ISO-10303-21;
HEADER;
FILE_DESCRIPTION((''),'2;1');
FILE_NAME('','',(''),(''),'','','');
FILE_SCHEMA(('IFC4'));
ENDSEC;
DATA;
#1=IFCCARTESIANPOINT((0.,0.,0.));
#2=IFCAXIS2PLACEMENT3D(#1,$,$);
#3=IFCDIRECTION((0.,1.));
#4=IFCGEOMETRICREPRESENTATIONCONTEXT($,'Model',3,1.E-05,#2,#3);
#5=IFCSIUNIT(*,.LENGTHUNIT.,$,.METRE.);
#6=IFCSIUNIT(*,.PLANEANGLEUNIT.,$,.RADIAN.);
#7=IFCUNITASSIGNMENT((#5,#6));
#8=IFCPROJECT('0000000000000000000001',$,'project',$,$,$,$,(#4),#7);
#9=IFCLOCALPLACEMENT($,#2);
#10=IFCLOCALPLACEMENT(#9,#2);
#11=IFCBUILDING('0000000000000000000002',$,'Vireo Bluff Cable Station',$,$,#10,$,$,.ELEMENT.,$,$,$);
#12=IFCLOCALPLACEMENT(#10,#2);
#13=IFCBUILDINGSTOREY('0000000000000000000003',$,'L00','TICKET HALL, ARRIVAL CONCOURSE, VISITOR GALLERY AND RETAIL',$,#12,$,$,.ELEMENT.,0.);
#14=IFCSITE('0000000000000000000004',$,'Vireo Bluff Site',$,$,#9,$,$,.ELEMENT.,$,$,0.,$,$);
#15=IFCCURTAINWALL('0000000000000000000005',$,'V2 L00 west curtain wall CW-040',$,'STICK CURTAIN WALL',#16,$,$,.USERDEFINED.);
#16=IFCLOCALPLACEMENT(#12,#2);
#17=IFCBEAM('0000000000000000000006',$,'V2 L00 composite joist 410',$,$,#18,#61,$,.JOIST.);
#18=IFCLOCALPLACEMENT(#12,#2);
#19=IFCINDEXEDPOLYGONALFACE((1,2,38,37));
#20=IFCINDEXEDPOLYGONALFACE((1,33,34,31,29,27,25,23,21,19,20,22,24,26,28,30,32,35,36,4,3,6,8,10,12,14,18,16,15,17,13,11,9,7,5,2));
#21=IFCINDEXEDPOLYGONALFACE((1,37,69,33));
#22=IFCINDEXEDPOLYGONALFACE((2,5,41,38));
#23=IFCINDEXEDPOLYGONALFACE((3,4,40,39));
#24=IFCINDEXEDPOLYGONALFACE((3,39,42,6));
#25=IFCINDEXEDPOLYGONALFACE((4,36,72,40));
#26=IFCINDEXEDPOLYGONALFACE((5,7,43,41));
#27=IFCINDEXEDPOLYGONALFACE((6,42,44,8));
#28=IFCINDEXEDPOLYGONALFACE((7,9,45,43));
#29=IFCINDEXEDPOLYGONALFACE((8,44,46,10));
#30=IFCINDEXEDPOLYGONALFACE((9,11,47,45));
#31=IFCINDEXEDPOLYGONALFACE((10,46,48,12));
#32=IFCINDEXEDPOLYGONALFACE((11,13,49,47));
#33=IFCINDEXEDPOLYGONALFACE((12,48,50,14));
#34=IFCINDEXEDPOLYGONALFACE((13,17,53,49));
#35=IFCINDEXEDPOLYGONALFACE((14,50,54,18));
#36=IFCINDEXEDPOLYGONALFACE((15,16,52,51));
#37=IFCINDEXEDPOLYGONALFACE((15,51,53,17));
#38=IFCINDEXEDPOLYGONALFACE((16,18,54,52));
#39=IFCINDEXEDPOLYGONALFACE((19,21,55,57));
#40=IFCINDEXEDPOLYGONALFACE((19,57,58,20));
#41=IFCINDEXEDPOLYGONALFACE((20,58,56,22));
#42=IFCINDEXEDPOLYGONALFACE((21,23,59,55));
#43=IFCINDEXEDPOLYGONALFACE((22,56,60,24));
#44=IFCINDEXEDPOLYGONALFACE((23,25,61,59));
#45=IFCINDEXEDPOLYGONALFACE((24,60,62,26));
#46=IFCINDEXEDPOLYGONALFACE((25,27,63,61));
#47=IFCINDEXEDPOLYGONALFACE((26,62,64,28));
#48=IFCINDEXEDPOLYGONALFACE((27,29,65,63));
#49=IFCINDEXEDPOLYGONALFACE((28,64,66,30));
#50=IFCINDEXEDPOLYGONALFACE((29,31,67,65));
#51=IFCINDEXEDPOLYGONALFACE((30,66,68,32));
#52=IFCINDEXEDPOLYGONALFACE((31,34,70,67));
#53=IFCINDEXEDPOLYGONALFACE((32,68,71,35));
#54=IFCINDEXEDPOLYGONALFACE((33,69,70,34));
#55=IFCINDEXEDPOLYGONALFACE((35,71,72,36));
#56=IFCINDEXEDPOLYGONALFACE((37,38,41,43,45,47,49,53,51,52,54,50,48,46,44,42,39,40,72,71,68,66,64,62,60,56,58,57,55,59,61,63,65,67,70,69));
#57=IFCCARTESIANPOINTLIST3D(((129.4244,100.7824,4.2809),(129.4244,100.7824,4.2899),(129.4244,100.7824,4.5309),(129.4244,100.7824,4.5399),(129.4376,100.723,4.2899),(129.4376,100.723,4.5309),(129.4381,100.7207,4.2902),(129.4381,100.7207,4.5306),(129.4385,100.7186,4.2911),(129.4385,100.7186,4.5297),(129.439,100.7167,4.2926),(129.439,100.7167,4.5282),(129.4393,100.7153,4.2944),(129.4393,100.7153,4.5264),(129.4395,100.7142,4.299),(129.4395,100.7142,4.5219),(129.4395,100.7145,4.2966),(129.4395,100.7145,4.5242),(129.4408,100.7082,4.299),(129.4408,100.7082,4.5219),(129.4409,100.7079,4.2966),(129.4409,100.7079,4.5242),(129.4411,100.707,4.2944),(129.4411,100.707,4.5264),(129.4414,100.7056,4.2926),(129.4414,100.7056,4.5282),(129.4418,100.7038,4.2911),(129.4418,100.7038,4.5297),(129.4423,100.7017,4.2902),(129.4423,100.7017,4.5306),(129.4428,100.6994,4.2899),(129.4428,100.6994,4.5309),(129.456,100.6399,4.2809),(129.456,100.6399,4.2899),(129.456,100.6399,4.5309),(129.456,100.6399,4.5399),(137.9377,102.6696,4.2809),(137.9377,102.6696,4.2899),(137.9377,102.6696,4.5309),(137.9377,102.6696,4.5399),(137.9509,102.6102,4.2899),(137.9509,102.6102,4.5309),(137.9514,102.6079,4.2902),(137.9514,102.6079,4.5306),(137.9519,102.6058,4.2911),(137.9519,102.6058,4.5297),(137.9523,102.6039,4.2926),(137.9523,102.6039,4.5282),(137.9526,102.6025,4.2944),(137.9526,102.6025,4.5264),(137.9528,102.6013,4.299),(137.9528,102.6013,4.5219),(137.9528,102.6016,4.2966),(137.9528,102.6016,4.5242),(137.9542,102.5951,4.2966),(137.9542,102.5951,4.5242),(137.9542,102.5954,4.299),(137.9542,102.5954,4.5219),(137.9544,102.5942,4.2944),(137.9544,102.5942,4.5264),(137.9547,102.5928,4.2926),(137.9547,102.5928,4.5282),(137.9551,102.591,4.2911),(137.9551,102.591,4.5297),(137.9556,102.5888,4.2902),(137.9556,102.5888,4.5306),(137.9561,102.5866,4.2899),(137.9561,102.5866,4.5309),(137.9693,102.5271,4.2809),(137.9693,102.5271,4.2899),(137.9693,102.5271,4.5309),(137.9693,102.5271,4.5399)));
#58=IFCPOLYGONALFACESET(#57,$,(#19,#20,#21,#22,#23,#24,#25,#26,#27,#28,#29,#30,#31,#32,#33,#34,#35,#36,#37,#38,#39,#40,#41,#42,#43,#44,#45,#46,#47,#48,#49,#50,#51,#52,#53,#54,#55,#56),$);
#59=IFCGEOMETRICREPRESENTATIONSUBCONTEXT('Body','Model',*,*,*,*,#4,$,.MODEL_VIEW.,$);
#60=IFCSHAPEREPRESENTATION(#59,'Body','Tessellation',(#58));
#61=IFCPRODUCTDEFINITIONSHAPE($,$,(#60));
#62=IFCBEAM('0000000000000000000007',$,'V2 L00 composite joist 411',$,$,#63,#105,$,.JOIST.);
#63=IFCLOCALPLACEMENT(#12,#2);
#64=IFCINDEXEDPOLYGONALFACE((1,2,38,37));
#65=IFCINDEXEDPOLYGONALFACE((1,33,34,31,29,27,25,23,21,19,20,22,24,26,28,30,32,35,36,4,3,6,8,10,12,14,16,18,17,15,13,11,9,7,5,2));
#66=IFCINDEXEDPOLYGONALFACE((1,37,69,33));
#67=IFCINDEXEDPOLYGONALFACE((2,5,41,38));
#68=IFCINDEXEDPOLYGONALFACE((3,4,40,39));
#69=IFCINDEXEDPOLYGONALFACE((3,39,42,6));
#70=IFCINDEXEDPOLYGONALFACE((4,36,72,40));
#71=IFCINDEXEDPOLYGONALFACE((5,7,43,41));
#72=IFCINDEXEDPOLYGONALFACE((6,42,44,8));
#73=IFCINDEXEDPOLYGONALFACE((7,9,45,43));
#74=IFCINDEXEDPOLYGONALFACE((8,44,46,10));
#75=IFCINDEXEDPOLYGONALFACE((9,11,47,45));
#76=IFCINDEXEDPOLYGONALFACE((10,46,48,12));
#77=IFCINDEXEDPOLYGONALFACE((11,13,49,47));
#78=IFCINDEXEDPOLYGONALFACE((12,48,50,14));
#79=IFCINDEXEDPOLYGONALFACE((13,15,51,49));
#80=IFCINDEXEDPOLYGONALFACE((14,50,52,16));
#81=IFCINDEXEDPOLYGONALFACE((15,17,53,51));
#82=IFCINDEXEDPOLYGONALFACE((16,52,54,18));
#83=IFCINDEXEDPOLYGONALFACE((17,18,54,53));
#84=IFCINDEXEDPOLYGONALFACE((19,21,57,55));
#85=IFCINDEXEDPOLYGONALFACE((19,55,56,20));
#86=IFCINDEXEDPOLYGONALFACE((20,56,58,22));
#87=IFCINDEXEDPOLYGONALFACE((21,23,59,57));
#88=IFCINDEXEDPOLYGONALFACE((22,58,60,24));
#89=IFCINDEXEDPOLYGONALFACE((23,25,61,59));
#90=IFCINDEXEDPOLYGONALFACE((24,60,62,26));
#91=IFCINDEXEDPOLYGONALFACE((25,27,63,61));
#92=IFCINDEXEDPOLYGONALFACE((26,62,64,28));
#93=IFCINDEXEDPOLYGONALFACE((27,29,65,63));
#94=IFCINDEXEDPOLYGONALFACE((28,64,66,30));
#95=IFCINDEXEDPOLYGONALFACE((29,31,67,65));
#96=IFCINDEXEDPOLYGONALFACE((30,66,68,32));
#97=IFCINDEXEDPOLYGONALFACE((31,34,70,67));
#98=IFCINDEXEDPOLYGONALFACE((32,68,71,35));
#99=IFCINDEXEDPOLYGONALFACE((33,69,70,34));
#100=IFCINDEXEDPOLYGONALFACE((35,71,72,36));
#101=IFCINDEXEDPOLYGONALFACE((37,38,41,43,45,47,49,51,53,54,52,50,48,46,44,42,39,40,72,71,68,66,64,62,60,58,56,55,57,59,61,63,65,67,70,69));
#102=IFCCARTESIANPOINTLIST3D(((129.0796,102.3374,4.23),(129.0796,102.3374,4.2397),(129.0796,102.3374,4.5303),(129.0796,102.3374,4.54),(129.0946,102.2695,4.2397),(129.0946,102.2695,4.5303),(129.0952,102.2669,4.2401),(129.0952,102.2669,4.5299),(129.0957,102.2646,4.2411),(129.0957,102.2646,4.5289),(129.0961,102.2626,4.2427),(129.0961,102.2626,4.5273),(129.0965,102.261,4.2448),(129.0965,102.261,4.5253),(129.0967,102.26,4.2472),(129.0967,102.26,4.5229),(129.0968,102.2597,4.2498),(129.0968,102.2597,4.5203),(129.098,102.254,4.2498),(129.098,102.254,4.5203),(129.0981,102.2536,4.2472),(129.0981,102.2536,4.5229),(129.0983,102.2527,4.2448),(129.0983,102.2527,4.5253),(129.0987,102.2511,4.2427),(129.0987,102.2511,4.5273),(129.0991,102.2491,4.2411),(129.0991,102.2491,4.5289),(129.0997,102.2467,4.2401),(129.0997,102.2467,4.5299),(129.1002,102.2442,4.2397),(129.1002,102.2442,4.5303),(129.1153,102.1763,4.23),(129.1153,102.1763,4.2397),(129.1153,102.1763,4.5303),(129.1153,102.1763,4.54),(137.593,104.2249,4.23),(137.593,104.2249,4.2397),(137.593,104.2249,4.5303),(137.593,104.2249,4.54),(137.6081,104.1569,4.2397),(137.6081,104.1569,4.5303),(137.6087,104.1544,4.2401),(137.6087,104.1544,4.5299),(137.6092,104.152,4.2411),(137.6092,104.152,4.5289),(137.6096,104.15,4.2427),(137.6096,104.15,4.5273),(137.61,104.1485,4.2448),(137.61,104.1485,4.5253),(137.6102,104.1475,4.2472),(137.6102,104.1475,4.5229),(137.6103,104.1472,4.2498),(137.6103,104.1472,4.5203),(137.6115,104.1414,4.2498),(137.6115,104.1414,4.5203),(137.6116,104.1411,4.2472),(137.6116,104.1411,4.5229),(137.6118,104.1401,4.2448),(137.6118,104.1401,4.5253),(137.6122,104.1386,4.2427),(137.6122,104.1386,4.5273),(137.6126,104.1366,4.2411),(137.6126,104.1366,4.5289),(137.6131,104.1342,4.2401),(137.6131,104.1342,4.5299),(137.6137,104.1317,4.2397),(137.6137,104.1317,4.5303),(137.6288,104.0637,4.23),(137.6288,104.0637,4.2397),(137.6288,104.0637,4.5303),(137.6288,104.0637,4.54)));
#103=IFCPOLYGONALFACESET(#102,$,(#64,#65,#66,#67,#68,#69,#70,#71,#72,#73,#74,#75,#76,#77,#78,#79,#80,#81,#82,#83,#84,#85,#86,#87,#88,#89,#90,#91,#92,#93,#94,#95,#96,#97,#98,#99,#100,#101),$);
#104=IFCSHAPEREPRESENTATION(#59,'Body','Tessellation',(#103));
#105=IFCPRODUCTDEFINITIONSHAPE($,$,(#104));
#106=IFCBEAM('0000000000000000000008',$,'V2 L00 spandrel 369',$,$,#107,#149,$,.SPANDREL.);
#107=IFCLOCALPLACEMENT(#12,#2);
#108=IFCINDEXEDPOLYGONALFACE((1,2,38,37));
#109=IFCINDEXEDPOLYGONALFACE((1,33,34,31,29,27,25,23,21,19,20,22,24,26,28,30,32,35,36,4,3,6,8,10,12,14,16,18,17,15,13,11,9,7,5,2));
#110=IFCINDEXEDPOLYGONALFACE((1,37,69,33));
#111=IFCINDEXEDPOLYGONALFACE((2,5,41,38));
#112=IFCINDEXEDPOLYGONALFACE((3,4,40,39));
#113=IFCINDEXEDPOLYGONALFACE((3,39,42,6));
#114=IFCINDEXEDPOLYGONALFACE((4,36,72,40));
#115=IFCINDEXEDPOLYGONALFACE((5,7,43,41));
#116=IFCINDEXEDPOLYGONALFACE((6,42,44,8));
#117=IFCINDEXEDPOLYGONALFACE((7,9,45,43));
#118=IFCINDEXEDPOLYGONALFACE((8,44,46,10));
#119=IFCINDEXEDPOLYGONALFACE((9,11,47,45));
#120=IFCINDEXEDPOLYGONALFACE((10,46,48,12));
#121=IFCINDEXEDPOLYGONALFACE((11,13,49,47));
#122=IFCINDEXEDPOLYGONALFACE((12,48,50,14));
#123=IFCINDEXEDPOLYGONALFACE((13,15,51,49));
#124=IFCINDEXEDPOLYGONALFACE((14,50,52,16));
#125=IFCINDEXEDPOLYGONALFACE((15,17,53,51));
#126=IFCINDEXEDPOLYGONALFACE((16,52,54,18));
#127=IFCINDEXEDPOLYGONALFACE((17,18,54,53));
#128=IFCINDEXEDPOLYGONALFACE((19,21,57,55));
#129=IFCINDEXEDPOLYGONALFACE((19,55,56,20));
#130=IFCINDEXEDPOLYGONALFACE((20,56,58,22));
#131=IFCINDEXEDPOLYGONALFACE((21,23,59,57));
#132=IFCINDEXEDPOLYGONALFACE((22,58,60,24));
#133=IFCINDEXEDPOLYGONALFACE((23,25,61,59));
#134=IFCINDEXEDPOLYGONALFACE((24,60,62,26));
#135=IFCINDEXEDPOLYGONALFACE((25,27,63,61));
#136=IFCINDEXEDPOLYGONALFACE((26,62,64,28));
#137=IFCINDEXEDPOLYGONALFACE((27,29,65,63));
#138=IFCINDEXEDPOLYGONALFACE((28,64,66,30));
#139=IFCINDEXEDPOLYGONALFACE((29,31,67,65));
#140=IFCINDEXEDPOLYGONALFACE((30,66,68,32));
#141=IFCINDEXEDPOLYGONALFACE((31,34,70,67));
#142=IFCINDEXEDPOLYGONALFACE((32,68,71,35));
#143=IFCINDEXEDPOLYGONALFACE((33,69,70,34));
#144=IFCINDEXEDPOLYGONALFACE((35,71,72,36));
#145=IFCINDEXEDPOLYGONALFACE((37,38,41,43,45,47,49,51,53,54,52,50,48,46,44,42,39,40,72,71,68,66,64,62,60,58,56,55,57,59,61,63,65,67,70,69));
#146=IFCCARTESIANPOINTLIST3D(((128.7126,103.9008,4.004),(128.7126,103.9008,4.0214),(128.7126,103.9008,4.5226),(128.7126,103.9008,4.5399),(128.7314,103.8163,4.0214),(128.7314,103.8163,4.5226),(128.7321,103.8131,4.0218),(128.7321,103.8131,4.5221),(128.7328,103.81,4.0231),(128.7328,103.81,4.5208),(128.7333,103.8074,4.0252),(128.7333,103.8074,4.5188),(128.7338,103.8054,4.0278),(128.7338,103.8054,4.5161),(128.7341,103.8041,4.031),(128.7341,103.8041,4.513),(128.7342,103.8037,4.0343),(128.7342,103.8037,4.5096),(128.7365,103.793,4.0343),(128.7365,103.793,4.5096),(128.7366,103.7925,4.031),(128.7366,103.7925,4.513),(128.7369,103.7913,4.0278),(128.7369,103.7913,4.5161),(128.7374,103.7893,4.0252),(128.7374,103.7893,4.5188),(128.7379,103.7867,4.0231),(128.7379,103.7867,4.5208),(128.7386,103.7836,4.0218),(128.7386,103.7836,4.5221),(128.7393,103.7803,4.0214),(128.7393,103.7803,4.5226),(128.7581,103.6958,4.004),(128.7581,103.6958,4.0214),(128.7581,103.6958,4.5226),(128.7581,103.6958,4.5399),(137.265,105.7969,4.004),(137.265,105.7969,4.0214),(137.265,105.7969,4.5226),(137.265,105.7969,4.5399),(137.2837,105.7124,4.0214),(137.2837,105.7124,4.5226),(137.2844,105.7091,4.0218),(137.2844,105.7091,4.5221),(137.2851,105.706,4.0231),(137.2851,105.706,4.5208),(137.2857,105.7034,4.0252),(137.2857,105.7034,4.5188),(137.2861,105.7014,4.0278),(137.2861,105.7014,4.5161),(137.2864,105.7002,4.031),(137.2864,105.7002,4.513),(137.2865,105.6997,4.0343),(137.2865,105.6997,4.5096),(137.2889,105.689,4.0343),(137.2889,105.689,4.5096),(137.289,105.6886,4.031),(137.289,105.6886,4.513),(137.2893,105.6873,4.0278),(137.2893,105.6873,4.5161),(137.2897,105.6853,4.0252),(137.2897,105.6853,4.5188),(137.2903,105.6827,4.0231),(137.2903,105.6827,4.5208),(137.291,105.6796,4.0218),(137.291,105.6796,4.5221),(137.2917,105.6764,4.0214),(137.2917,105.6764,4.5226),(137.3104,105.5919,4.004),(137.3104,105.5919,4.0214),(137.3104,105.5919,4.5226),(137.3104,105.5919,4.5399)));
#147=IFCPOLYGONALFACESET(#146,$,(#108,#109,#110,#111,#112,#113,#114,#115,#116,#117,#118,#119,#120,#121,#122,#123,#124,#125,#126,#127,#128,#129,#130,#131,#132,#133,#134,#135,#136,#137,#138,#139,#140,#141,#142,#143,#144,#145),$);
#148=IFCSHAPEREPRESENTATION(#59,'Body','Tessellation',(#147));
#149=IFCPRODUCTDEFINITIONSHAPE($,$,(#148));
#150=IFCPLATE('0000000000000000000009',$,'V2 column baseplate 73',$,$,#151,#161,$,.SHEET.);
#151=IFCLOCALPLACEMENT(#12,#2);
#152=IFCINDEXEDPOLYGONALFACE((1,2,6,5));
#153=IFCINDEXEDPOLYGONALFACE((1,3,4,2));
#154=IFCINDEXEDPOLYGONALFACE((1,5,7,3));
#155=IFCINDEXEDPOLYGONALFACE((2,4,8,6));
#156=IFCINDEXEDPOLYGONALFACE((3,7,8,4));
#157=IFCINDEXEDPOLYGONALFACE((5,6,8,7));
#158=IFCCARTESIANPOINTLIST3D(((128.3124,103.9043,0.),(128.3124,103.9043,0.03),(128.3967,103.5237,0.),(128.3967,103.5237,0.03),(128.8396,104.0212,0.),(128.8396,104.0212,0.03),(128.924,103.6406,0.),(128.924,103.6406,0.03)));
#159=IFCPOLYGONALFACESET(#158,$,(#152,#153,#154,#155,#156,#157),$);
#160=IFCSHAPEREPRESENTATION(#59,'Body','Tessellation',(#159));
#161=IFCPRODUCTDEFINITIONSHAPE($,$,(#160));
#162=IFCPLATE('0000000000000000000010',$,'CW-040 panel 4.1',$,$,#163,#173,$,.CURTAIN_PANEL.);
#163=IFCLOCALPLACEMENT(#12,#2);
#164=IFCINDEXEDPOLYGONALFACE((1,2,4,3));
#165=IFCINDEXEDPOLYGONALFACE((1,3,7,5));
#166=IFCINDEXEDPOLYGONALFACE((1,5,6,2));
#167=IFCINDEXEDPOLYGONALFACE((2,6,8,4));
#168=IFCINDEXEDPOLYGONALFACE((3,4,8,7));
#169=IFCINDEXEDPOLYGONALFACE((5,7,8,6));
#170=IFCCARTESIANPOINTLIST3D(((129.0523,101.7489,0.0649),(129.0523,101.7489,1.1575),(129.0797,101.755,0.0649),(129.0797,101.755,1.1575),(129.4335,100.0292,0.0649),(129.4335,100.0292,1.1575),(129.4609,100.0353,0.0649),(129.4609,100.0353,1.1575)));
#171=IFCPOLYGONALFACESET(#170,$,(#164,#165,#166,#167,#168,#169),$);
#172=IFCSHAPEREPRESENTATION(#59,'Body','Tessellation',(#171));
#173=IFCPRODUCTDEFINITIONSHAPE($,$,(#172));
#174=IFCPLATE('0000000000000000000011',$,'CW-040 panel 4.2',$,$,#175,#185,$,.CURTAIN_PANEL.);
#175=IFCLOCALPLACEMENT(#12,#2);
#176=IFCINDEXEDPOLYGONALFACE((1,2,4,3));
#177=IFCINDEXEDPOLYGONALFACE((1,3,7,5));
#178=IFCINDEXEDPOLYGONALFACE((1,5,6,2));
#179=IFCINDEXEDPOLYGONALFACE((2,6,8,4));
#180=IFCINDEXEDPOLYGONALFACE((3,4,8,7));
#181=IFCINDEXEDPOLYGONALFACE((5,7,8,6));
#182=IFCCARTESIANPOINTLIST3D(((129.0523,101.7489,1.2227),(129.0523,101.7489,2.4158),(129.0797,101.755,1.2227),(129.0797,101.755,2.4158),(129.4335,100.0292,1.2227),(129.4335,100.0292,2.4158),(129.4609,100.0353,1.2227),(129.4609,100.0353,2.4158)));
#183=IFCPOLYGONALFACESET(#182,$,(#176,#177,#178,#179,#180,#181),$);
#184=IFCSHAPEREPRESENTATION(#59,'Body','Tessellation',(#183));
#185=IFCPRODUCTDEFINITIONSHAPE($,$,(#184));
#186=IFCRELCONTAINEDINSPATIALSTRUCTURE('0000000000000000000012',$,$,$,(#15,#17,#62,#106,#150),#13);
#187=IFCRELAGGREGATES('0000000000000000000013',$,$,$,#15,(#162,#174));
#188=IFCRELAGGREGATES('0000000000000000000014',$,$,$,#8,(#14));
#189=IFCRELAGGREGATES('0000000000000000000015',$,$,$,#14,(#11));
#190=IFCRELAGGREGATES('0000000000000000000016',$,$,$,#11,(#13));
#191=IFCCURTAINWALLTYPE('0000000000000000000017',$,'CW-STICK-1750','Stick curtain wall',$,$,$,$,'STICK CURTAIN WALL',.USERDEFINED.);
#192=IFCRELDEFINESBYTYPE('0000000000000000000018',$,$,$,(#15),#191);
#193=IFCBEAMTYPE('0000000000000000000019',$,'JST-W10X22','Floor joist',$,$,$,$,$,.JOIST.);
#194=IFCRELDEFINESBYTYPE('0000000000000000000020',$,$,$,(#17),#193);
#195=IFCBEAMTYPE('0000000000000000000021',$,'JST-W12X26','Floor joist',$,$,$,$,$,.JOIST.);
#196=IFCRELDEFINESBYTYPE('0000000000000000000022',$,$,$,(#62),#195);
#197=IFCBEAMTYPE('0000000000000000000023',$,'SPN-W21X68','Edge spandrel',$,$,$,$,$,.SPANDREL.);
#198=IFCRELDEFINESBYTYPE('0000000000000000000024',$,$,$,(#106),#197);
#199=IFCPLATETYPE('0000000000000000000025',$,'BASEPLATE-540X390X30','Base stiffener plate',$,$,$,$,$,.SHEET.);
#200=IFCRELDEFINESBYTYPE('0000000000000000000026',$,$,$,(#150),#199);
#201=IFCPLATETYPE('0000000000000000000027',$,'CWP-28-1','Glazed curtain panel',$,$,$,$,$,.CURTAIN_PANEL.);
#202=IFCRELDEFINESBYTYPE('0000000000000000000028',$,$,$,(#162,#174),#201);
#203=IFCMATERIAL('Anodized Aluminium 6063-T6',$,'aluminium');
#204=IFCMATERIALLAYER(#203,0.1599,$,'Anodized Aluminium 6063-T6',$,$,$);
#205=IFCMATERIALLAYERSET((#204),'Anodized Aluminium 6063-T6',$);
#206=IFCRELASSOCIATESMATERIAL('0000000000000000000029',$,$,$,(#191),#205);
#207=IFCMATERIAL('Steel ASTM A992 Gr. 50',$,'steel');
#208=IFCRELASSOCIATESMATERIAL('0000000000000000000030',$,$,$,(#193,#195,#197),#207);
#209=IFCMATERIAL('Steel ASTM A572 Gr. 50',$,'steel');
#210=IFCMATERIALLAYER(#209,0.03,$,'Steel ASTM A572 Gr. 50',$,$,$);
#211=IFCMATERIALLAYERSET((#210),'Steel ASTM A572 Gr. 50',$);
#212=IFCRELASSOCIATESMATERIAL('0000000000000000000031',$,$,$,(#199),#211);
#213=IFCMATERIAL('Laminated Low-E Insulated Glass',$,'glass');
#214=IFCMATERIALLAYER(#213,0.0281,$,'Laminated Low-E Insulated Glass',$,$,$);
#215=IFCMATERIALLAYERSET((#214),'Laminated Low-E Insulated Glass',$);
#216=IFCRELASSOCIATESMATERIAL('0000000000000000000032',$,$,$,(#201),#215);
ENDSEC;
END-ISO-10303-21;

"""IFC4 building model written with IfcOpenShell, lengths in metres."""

from ifc_helpers import new_model, si_unit, direction, frame, origin, origin_2d, place, context, subcontext, project, spatial, rectangle, i_section, extrude, material, layer, layer_set, material_profile, profile_set, type_object, element, aggregate, save


model = new_model("IFC4")

# Units and contexts
model_context = context("Model", 3, precision=1e-05, world=origin(), true_north=direction((0.0, 1.0)))
body_context = subcontext(model_context, "Body", "Model", "MODEL_VIEW")
ifc_project = project(units=[si_unit("LENGTHUNIT", "METRE"), si_unit("PLANEANGLEUNIT", "RADIAN")], contexts=[model_context])

# Site, building, storey
site_placement = place(None, origin())
site = spatial("IfcSite", under=ifc_project, at=site_placement, Name="Vireo Bluff Site", CompositionType="ELEMENT", RefElevation=0.0)
building_placement = place(site_placement, origin())
building = spatial("IfcBuilding", under=site, at=building_placement, Name="Vireo Bluff Cable Station", CompositionType="ELEMENT")
storey_placement = place(building_placement, origin())
storey = spatial("IfcBuildingStorey", under=building, at=storey_placement, Name="L00", Description="TICKET HALL, ARRIVAL CONCOURSE, VISITOR GALLERY AND RETAIL", CompositionType="ELEMENT", Elevation=0.0)

# Shared definitions
ifc_material_1 = material(Name="Steel ASTM A992 Gr. 50", Category="steel")

# Curtain wall
ifc_material_2 = material(Name="Anodized Aluminium 6063-T6", Category="aluminium")
ifc_layer_1 = layer(ifc_material_2, 0.1599, Name="Anodized Aluminium 6063-T6")
ifc_layer_set_1 = layer_set([ifc_layer_1], Name="Anodized Aluminium 6063-T6")
curtain_wall_type = type_object("IfcCurtainWallType", Name="CW-STICK-1750", Description="Stick curtain wall", ElementType="STICK CURTAIN WALL", PredefinedType="USERDEFINED", material=ifc_layer_set_1)
curtain_wall_placement = place(storey_placement, origin())
curtain_wall = element("IfcCurtainWall", 1, at=curtain_wall_placement, inside=storey, type_object=curtain_wall_type, Name="V2 L00 west curtain wall CW-040", ObjectType="STICK CURTAIN WALL", PredefinedType="USERDEFINED")

# Beams
ifc_material_profile_1 = material_profile(ifc_material_1, i_section(OverallWidth=0.146, OverallDepth=0.259, WebThickness=0.0061, FlangeThickness=0.009, FilletRadius=0.009, at=origin_2d()), Name="W10X22")
ifc_profile_set_1 = profile_set([ifc_material_profile_1], Name="Steel ASTM A992 Gr. 50")
beam_type_1 = type_object("IfcBeamType", Name="JST-W10X22", Description="Floor joist", PredefinedType="JOIST", material=ifc_profile_set_1)
beam_1_placement = place(storey_placement, frame((129.4402, 100.7112, 4.4104), z_axis=(0.9763, 0.216421, 0.0), x_axis=(-0.216421, 0.9763, 0.0)))
element("IfcBeam", 2, at=beam_1_placement, inside=storey, type_object=beam_type_1, Name="V2 L00 composite joist 410", PredefinedType="JOIST", context=body_context, shape_type="SweptSolid", body=[
    extrude(i_section(OverallWidth=0.146, OverallDepth=0.259, WebThickness=0.0061, FlangeThickness=0.009, FilletRadius=0.009, at=origin_2d()), origin(), (0.0, 0.0, 1.0), 8.72),
])
ifc_material_profile_2 = material_profile(ifc_material_1, i_section(OverallWidth=0.165, OverallDepth=0.3101, WebThickness=0.0059, FlangeThickness=0.0098, FilletRadius=0.01, at=origin_2d()), Name="W12X26")
ifc_profile_set_2 = profile_set([ifc_material_profile_2], Name="Steel ASTM A992 Gr. 50")
beam_type_2 = type_object("IfcBeamType", Name="JST-W12X26", Description="Floor joist", PredefinedType="JOIST", material=ifc_profile_set_2)
beam_2_placement = place(storey_placement, frame((129.0974, 102.2568, 4.385), z_axis=(0.976294, 0.216447, 0.0), x_axis=(-0.216447, 0.976294, 0.0)))
element("IfcBeam", 3, at=beam_2_placement, inside=storey, type_object=beam_type_2, Name="V2 L00 composite joist 411", PredefinedType="JOIST", context=body_context, shape_type="SweptSolid", body=[
    extrude(i_section(OverallWidth=0.165, OverallDepth=0.3101, WebThickness=0.0059, FlangeThickness=0.0098, FilletRadius=0.01, at=origin_2d()), origin(), (0.0, 0.0, 1.0), 8.7202),
])
ifc_material_profile_3 = material_profile(ifc_material_1, i_section(OverallWidth=0.21, OverallDepth=0.5359, WebThickness=0.011, FlangeThickness=0.0173, FilletRadius=0.0129, at=origin_2d()), Name="W21X68")
ifc_profile_set_3 = profile_set([ifc_material_profile_3], Name="Steel ASTM A992 Gr. 50")
beam_type_3 = type_object("IfcBeamType", Name="SPN-W21X68", Description="Edge spandrel", PredefinedType="SPANDREL", material=ifc_profile_set_3)
beam_3_placement = place(storey_placement, frame((128.7354, 103.7983, 4.272), z_axis=(0.976296, 0.216441, 0.0), x_axis=(-0.216441, 0.976296, 0.0)))
element("IfcBeam", 4, at=beam_3_placement, inside=storey, type_object=beam_type_3, Name="V2 L00 spandrel 369", PredefinedType="SPANDREL", context=body_context, shape_type="SweptSolid", body=[
    extrude(i_section(OverallWidth=0.21, OverallDepth=0.5359, WebThickness=0.011, FlangeThickness=0.0173, FilletRadius=0.0129, at=origin_2d()), origin(), (0.0, 0.0, 1.0), 8.76),
])

# Plates
ifc_material_3 = material(Name="Steel ASTM A572 Gr. 50", Category="steel")
ifc_layer_2 = layer(ifc_material_3, 0.03, Name="Steel ASTM A572 Gr. 50")
ifc_layer_set_2 = layer_set([ifc_layer_2], Name="Steel ASTM A572 Gr. 50")
plate_type_1 = type_object("IfcPlateType", Name="BASEPLATE-540X390X30", Description="Base stiffener plate", PredefinedType="SHEET", material=ifc_layer_set_2)
plate_1_placement = place(storey_placement, frame((128.6182, 103.7725, 0.0), z_axis=(0.0, 0.0, 1.0), x_axis=(0.976296, 0.21644, 0.0)))
element("IfcPlate", 5, at=plate_1_placement, inside=storey, type_object=plate_type_1, Name="V2 column baseplate 73", PredefinedType="SHEET", context=body_context, shape_type="SweptSolid", body=[
    extrude(rectangle(XDim=0.54, YDim=0.3899, at=origin_2d()), origin(), (0.0, 0.0, 1.0), 0.03),
])
ifc_material_4 = material(Name="Laminated Low-E Insulated Glass", Category="glass")
ifc_layer_3 = layer(ifc_material_4, 0.0281, Name="Laminated Low-E Insulated Glass")
ifc_layer_set_3 = layer_set([ifc_layer_3], Name="Laminated Low-E Insulated Glass")
plate_type_2 = type_object("IfcPlateType", Name="CWP-28-1", Description="Glazed curtain panel", PredefinedType="CURTAIN_PANEL", material=ifc_layer_set_3)
plate_2_placement = place(storey_placement, frame((129.2566, 100.8921, 0.0649), z_axis=(0.0, 0.0, 1.0), x_axis=(-0.21644, 0.976296, 0.0)))
plate_2 = element("IfcPlate", 6, at=plate_2_placement, type_object=plate_type_2, Name="CW-040 panel 4.1", PredefinedType="CURTAIN_PANEL", context=body_context, shape_type="SweptSolid", body=[
    extrude(rectangle(XDim=1.7615, YDim=0.0281, at=origin_2d()), origin(), (0.0, 0.0, 1.0), 1.0925),
])
plate_3_placement = place(storey_placement, frame((129.2566, 100.8921, 1.2227), z_axis=(0.0, 0.0, 1.0), x_axis=(-0.21644, 0.976296, 0.0)))
plate_3 = element("IfcPlate", 7, at=plate_3_placement, type_object=plate_type_2, Name="CW-040 panel 4.2", PredefinedType="CURTAIN_PANEL", context=body_context, shape_type="SweptSolid", body=[
    extrude(rectangle(XDim=1.7615, YDim=0.0281, at=origin_2d()), origin(), (0.0, 0.0, 1.0), 1.1931),
])
aggregate(curtain_wall, [plate_2, plate_3])

save(model, "model.ifc")
